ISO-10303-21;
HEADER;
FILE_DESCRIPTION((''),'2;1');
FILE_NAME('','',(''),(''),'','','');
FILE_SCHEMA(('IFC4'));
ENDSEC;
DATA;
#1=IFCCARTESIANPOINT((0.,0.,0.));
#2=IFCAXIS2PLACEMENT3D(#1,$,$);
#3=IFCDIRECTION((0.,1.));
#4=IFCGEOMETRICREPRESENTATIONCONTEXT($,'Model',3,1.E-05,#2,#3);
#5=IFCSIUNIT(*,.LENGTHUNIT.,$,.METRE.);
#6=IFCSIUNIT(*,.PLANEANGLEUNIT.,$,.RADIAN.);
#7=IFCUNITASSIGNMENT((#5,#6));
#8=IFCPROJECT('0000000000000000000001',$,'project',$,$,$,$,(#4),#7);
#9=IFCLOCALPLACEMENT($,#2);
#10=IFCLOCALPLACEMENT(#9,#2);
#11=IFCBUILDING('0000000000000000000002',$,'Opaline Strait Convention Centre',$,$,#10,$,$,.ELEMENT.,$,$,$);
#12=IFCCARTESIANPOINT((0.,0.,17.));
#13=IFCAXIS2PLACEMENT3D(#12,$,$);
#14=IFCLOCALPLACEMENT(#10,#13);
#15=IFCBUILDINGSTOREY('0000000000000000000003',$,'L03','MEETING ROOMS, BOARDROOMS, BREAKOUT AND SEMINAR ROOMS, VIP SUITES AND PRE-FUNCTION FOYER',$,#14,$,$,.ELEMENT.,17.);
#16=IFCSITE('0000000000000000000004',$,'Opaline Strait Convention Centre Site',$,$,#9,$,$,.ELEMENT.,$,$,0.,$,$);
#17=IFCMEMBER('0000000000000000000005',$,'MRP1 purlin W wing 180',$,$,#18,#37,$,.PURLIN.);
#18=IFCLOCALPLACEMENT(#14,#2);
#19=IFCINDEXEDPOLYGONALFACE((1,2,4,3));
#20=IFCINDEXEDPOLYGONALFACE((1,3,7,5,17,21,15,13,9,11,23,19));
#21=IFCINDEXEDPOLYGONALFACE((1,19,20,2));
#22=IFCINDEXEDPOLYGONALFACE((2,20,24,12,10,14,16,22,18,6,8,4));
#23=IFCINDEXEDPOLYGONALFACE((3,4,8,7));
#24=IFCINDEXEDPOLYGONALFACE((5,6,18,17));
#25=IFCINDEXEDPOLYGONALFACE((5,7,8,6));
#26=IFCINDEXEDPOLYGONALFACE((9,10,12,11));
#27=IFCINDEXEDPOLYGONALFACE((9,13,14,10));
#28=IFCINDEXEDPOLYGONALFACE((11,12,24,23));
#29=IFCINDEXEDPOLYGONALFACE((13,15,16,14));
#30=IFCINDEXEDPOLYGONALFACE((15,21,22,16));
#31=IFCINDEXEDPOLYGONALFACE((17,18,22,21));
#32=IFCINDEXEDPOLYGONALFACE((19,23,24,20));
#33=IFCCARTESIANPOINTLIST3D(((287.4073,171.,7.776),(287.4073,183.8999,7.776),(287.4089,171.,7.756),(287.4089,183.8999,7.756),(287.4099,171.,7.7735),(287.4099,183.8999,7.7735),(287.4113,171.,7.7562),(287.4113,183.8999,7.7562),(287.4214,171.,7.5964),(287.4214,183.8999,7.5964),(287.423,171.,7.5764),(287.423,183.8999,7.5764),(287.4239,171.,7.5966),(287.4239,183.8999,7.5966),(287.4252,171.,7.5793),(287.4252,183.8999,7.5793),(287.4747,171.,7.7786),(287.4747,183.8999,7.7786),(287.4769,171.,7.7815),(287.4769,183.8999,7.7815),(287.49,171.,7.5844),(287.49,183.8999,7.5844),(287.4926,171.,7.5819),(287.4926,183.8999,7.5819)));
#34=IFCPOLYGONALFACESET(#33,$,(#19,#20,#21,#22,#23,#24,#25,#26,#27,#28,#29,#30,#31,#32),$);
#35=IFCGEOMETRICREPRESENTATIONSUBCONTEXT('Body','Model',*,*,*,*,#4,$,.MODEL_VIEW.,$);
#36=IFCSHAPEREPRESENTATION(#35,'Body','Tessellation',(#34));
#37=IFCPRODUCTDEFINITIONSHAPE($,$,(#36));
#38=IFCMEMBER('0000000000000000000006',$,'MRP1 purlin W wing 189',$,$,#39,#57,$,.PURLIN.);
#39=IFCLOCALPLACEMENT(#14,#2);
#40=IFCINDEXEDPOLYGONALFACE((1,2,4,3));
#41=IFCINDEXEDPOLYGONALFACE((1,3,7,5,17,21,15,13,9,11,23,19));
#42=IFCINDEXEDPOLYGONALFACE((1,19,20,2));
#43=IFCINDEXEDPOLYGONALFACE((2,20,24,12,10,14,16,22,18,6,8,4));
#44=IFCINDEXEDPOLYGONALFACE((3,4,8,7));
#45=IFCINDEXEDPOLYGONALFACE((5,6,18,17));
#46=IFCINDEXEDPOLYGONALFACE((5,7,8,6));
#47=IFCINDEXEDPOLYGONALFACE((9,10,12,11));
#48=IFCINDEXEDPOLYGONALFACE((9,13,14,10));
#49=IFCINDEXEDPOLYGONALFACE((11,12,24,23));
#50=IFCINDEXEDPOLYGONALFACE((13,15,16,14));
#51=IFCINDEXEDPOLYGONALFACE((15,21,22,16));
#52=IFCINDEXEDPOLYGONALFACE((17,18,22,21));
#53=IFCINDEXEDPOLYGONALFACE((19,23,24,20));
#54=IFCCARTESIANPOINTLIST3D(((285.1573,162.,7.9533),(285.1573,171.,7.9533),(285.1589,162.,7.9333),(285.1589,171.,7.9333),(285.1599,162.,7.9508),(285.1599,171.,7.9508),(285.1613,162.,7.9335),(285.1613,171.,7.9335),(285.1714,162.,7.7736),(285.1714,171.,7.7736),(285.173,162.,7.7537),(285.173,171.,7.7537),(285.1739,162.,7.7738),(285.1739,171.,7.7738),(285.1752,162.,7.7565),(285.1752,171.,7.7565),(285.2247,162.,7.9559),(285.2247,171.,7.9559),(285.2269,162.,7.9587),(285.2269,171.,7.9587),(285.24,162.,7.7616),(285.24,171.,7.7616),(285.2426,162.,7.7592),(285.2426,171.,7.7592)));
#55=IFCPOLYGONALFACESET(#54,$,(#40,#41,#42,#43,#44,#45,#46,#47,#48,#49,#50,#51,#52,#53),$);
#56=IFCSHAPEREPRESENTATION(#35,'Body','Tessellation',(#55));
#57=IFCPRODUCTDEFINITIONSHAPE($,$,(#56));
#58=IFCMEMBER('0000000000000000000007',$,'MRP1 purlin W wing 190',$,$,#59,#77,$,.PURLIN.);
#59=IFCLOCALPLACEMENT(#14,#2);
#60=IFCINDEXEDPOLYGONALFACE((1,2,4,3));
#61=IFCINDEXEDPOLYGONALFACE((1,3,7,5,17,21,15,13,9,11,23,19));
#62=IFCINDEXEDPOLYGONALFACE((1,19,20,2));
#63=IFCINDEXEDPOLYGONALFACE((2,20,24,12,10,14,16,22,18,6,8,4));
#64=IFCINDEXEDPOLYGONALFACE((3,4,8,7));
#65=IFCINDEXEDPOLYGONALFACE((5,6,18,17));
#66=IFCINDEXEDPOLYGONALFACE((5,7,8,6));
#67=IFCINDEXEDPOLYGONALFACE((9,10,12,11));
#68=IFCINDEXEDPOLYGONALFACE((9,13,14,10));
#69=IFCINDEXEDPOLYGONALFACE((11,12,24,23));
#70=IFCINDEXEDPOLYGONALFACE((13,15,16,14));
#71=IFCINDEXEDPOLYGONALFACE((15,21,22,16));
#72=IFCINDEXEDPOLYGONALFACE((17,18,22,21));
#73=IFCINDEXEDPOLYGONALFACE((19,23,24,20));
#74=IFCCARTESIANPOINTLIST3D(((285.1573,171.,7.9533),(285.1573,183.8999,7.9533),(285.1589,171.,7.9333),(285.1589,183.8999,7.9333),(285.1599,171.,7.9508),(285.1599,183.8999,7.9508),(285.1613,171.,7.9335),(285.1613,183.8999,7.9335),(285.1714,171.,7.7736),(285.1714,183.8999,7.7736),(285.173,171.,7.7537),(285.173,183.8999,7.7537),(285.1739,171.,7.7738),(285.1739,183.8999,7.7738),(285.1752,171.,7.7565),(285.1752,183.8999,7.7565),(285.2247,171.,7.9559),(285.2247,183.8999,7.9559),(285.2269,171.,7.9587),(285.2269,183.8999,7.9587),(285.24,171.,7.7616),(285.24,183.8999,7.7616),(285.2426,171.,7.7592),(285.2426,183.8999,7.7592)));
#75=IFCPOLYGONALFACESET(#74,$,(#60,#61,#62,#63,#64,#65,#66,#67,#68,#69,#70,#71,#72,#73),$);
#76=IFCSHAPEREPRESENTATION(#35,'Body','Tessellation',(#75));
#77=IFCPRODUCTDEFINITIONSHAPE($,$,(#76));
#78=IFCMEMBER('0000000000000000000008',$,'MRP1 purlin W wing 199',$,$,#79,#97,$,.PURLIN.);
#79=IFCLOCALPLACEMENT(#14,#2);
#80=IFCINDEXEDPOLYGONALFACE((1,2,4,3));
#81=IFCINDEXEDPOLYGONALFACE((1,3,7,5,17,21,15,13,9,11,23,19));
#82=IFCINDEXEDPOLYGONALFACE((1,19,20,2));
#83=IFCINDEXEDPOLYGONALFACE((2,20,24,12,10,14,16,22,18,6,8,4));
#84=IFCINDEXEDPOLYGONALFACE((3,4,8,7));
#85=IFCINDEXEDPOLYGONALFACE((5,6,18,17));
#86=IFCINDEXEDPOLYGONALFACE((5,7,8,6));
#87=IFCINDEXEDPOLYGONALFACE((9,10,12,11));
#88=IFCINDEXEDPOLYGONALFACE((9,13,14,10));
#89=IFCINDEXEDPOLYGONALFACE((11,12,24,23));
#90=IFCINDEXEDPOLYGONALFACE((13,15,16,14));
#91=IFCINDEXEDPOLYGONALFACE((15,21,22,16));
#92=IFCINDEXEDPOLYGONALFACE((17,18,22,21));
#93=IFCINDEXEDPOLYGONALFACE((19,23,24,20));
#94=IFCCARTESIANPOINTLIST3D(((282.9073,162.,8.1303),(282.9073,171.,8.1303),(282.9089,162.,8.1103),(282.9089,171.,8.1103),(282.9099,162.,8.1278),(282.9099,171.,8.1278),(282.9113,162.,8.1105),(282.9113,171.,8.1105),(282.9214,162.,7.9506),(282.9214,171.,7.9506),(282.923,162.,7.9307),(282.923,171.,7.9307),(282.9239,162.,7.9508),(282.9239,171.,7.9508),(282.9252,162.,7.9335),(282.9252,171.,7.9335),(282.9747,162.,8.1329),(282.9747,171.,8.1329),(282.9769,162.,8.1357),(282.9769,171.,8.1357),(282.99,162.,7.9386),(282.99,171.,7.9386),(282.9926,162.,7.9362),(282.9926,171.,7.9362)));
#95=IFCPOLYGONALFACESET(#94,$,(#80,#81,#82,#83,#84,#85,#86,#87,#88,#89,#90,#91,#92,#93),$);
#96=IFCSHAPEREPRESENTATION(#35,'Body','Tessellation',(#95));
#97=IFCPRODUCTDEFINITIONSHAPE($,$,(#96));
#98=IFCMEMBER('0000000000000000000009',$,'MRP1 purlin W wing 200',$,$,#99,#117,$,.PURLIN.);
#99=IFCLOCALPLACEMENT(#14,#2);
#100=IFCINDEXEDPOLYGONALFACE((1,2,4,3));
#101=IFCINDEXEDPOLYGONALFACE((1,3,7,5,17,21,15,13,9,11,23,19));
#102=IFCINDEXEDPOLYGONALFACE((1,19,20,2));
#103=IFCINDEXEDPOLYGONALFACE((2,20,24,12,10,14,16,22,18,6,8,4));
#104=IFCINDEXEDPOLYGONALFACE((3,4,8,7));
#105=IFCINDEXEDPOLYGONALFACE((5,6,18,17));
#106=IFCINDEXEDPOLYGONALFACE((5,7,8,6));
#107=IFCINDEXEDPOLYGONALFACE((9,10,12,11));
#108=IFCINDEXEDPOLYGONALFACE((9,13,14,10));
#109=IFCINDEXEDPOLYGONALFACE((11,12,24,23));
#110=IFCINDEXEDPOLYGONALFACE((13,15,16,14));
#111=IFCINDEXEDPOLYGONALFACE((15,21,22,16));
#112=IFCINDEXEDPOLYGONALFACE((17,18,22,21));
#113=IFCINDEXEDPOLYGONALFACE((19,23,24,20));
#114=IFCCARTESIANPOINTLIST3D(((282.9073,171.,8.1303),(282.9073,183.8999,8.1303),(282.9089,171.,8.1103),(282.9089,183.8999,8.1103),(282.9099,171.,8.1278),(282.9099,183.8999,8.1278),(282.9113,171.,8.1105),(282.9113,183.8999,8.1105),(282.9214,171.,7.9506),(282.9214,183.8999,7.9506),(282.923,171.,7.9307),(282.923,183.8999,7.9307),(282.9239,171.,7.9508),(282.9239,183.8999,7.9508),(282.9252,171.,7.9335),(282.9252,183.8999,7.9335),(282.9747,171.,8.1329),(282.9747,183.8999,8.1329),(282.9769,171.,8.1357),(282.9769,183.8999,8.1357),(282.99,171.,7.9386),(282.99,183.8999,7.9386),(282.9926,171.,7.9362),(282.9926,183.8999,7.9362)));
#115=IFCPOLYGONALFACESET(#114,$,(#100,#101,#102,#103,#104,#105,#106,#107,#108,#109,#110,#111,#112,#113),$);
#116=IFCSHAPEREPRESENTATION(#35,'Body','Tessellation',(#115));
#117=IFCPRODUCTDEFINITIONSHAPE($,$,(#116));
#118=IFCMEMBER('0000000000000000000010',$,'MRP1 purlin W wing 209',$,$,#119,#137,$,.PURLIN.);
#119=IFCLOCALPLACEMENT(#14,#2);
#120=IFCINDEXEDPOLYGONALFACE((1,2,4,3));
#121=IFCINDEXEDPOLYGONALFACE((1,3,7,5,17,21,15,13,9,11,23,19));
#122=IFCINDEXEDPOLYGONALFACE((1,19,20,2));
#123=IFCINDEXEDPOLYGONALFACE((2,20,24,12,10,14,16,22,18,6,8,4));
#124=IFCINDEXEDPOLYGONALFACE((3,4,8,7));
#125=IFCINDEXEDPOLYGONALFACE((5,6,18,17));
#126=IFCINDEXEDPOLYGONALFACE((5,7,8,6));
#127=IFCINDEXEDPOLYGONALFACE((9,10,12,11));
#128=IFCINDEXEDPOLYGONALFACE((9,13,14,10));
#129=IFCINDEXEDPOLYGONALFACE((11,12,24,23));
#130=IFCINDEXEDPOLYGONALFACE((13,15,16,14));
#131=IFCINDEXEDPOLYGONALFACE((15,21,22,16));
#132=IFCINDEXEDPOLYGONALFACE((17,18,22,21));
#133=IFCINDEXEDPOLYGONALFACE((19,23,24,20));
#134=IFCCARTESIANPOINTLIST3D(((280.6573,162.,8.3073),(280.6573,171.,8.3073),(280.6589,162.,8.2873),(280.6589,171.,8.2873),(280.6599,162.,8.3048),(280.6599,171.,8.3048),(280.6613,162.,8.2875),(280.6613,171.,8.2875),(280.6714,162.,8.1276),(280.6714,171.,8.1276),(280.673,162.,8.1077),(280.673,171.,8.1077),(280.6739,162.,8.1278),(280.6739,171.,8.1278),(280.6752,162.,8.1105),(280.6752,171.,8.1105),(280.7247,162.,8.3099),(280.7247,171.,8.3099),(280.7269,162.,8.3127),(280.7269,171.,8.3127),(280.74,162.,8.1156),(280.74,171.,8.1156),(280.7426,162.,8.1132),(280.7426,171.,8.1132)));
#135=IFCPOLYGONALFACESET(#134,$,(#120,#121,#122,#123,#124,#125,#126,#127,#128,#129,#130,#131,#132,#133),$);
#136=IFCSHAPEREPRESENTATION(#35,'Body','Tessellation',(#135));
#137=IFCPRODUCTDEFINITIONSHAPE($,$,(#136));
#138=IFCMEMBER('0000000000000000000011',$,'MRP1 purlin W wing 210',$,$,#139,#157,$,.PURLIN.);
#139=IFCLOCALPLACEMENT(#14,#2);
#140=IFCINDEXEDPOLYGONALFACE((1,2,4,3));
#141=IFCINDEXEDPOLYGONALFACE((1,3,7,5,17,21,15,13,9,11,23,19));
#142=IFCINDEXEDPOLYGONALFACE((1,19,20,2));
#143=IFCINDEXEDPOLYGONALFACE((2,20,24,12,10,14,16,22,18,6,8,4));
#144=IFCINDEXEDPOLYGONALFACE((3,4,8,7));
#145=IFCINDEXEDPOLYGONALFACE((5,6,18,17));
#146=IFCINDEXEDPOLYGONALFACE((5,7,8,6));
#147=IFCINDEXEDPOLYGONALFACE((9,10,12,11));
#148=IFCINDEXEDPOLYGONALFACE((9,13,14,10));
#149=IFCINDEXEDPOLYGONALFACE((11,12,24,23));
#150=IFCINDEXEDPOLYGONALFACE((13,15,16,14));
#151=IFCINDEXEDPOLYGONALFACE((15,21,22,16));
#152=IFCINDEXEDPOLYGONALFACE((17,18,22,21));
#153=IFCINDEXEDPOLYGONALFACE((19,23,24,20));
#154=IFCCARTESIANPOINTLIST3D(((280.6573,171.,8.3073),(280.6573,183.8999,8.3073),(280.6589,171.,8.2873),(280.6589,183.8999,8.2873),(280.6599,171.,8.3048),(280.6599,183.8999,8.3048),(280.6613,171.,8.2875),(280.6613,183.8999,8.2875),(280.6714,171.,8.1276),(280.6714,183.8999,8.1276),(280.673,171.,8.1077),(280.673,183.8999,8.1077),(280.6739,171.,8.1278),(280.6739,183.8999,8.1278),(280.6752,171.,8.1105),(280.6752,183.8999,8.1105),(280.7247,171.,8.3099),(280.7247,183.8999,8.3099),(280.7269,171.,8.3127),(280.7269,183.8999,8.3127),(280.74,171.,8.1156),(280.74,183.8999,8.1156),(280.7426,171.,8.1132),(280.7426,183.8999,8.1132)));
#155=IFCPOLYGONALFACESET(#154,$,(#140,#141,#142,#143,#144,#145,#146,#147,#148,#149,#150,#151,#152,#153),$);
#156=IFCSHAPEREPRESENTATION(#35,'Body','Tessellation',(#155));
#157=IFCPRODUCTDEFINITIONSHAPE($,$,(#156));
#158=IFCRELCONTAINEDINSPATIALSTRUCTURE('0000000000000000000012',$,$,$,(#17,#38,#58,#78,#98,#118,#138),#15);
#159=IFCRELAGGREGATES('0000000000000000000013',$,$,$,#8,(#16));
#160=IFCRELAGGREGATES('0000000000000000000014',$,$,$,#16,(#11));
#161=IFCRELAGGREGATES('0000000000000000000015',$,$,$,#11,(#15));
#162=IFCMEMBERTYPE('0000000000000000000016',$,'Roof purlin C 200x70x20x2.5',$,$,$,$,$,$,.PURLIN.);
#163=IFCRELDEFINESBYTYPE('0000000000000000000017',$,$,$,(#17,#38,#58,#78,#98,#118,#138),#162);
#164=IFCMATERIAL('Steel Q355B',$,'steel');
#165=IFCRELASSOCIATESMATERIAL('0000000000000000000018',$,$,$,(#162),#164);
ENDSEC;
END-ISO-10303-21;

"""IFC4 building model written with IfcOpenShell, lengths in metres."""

from ifc_helpers import new_model, si_unit, direction, frame, origin, place, context, subcontext, project, spatial, polyline, outline, extrude, material, material_profile, profile_set, type_object, element, save


model = new_model("IFC4")

# Units and contexts
model_context = context("Model", 3, precision=1e-05, world=origin(), true_north=direction((0.0, 1.0)))
body_context = subcontext(model_context, "Body", "Model", "MODEL_VIEW")
ifc_project = project(units=[si_unit("LENGTHUNIT", "METRE"), si_unit("PLANEANGLEUNIT", "RADIAN")], contexts=[model_context])

# Site, building, storey
site_placement = place(None, origin())
site = spatial("IfcSite", under=ifc_project, at=site_placement, Name="Opaline Strait Convention Centre Site", CompositionType="ELEMENT", RefElevation=0.0)
building_placement = place(site_placement, origin())
building = spatial("IfcBuilding", under=site, at=building_placement, Name="Opaline Strait Convention Centre", CompositionType="ELEMENT")
storey_placement = place(building_placement, frame((0.0, 0.0, 17.0)))
storey = spatial("IfcBuildingStorey", under=building, at=storey_placement, Name="L03", Description="MEETING ROOMS, BOARDROOMS, BREAKOUT AND SEMINAR ROOMS, VIP SUITES AND PRE-FUNCTION FOYER", CompositionType="ELEMENT", Elevation=17.0)

# Shared definitions
ifc_material_1 = material(Name="Steel Q355B", Category="steel")

# Members
ifc_material_profile_1 = material_profile(ifc_material_1, outline(polyline([(-0.0349, -0.1001), (0.0349, -0.1001), (0.0349, -0.0801), (0.0325, -0.0801), (0.0325, -0.0974), (-0.0325, -0.0974), (-0.0325, 0.0974), (0.0325, 0.0974), (0.0325, 0.0801), (0.0349, 0.0801), (0.0349, 0.1001), (-0.0349, 0.1001), (-0.0349, -0.1001)])), Name="C 200x70x20x2.5")
ifc_profile_set_1 = profile_set([ifc_material_profile_1], Name="Steel Q355B")
member_type_1 = type_object("IfcMemberType", Name="Roof purlin C 200x70x20x2.5", PredefinedType="PURLIN", material=ifc_profile_set_1)
member_1_placement = place(storey_placement, frame((287.45, 171.0, 7.679), z_axis=(0.0, 1.0, 0.0), x_axis=(-0.996917, 0.0, -0.078459)))
element("IfcMember", 1, at=member_1_placement, inside=storey, type_object=member_type_1, Name="MRP1 purlin W wing 180", PredefinedType="PURLIN", context=body_context, shape_type="SweptSolid", body=[
    extrude(outline(polyline([(-0.0349, -0.1001), (0.0349, -0.1001), (0.0349, -0.0801), (0.0325, -0.0801), (0.0325, -0.0974), (-0.0325, -0.0974), (-0.0325, 0.0974), (0.0325, 0.0974), (0.0325, 0.0801), (0.0349, 0.0801), (0.0349, 0.1001), (-0.0349, 0.1001), (-0.0349, -0.1001)])), origin(), (0.0, 0.0, 1.0), 12.8999),
])
member_2_placement = place(storey_placement, frame((285.2, 162.0, 7.8562), z_axis=(0.0, 1.0, 0.0), x_axis=(-0.996917, 0.0, -0.078459)))
element("IfcMember", 2, at=member_2_placement, inside=storey, type_object=member_type_1, Name="MRP1 purlin W wing 189", PredefinedType="PURLIN", context=body_context, shape_type="SweptSolid", body=[
    extrude(outline(polyline([(-0.0349, -0.1001), (0.0349, -0.1001), (0.0349, -0.0801), (0.0325, -0.0801), (0.0325, -0.0974), (-0.0325, -0.0974), (-0.0325, 0.0974), (0.0325, 0.0974), (0.0325, 0.0801), (0.0349, 0.0801), (0.0349, 0.1001), (-0.0349, 0.1001), (-0.0349, -0.1001)])), origin(), (0.0, 0.0, 1.0), 9.0),
])
member_3_placement = place(storey_placement, frame((285.2, 171.0, 7.8562), z_axis=(0.0, 1.0, 0.0), x_axis=(-0.996917, 0.0, -0.078459)))
element("IfcMember", 3, at=member_3_placement, inside=storey, type_object=member_type_1, Name="MRP1 purlin W wing 190", PredefinedType="PURLIN", context=body_context, shape_type="SweptSolid", body=[
    extrude(outline(polyline([(-0.0349, -0.1001), (0.0349, -0.1001), (0.0349, -0.0801), (0.0325, -0.0801), (0.0325, -0.0974), (-0.0325, -0.0974), (-0.0325, 0.0974), (0.0325, 0.0974), (0.0325, 0.0801), (0.0349, 0.0801), (0.0349, 0.1001), (-0.0349, 0.1001), (-0.0349, -0.1001)])), origin(), (0.0, 0.0, 1.0), 12.8999),
])
member_4_placement = place(storey_placement, frame((282.95, 162.0, 8.0332), z_axis=(0.0, 1.0, 0.0), x_axis=(-0.996917, 0.0, -0.078459)))
element("IfcMember", 4, at=member_4_placement, inside=storey, type_object=member_type_1, Name="MRP1 purlin W wing 199", PredefinedType="PURLIN", context=body_context, shape_type="SweptSolid", body=[
    extrude(outline(polyline([(-0.0349, -0.1001), (0.0349, -0.1001), (0.0349, -0.0801), (0.0325, -0.0801), (0.0325, -0.0974), (-0.0325, -0.0974), (-0.0325, 0.0974), (0.0325, 0.0974), (0.0325, 0.0801), (0.0349, 0.0801), (0.0349, 0.1001), (-0.0349, 0.1001), (-0.0349, -0.1001)])), origin(), (0.0, 0.0, 1.0), 9.0),
])
member_5_placement = place(storey_placement, frame((282.95, 171.0, 8.0332), z_axis=(0.0, 1.0, 0.0), x_axis=(-0.996917, 0.0, -0.078459)))
element("IfcMember", 5, at=member_5_placement, inside=storey, type_object=member_type_1, Name="MRP1 purlin W wing 200", PredefinedType="PURLIN", context=body_context, shape_type="SweptSolid", body=[
    extrude(outline(polyline([(-0.0349, -0.1001), (0.0349, -0.1001), (0.0349, -0.0801), (0.0325, -0.0801), (0.0325, -0.0974), (-0.0325, -0.0974), (-0.0325, 0.0974), (0.0325, 0.0974), (0.0325, 0.0801), (0.0349, 0.0801), (0.0349, 0.1001), (-0.0349, 0.1001), (-0.0349, -0.1001)])), origin(), (0.0, 0.0, 1.0), 12.8999),
])
member_6_placement = place(storey_placement, frame((280.7, 162.0, 8.2102), z_axis=(0.0, 1.0, 0.0), x_axis=(-0.996917, 0.0, -0.078459)))
element("IfcMember", 6, at=member_6_placement, inside=storey, type_object=member_type_1, Name="MRP1 purlin W wing 209", PredefinedType="PURLIN", context=body_context, shape_type="SweptSolid", body=[
    extrude(outline(polyline([(-0.0349, -0.1001), (0.0349, -0.1001), (0.0349, -0.0801), (0.0325, -0.0801), (0.0325, -0.0974), (-0.0325, -0.0974), (-0.0325, 0.0974), (0.0325, 0.0974), (0.0325, 0.0801), (0.0349, 0.0801), (0.0349, 0.1001), (-0.0349, 0.1001), (-0.0349, -0.1001)])), origin(), (0.0, 0.0, 1.0), 9.0),
])
member_7_placement = place(storey_placement, frame((280.7, 171.0, 8.2102), z_axis=(0.0, 1.0, 0.0), x_axis=(-0.996917, 0.0, -0.078459)))
element("IfcMember", 7, at=member_7_placement, inside=storey, type_object=member_type_1, Name="MRP1 purlin W wing 210", PredefinedType="PURLIN", context=body_context, shape_type="SweptSolid", body=[
    extrude(outline(polyline([(-0.0349, -0.1001), (0.0349, -0.1001), (0.0349, -0.0801), (0.0325, -0.0801), (0.0325, -0.0974), (-0.0325, -0.0974), (-0.0325, 0.0974), (0.0325, 0.0974), (0.0325, 0.0801), (0.0349, 0.0801), (0.0349, 0.1001), (-0.0349, 0.1001), (-0.0349, -0.1001)])), origin(), (0.0, 0.0, 1.0), 12.8999),
])

save(model, "model.ifc")
